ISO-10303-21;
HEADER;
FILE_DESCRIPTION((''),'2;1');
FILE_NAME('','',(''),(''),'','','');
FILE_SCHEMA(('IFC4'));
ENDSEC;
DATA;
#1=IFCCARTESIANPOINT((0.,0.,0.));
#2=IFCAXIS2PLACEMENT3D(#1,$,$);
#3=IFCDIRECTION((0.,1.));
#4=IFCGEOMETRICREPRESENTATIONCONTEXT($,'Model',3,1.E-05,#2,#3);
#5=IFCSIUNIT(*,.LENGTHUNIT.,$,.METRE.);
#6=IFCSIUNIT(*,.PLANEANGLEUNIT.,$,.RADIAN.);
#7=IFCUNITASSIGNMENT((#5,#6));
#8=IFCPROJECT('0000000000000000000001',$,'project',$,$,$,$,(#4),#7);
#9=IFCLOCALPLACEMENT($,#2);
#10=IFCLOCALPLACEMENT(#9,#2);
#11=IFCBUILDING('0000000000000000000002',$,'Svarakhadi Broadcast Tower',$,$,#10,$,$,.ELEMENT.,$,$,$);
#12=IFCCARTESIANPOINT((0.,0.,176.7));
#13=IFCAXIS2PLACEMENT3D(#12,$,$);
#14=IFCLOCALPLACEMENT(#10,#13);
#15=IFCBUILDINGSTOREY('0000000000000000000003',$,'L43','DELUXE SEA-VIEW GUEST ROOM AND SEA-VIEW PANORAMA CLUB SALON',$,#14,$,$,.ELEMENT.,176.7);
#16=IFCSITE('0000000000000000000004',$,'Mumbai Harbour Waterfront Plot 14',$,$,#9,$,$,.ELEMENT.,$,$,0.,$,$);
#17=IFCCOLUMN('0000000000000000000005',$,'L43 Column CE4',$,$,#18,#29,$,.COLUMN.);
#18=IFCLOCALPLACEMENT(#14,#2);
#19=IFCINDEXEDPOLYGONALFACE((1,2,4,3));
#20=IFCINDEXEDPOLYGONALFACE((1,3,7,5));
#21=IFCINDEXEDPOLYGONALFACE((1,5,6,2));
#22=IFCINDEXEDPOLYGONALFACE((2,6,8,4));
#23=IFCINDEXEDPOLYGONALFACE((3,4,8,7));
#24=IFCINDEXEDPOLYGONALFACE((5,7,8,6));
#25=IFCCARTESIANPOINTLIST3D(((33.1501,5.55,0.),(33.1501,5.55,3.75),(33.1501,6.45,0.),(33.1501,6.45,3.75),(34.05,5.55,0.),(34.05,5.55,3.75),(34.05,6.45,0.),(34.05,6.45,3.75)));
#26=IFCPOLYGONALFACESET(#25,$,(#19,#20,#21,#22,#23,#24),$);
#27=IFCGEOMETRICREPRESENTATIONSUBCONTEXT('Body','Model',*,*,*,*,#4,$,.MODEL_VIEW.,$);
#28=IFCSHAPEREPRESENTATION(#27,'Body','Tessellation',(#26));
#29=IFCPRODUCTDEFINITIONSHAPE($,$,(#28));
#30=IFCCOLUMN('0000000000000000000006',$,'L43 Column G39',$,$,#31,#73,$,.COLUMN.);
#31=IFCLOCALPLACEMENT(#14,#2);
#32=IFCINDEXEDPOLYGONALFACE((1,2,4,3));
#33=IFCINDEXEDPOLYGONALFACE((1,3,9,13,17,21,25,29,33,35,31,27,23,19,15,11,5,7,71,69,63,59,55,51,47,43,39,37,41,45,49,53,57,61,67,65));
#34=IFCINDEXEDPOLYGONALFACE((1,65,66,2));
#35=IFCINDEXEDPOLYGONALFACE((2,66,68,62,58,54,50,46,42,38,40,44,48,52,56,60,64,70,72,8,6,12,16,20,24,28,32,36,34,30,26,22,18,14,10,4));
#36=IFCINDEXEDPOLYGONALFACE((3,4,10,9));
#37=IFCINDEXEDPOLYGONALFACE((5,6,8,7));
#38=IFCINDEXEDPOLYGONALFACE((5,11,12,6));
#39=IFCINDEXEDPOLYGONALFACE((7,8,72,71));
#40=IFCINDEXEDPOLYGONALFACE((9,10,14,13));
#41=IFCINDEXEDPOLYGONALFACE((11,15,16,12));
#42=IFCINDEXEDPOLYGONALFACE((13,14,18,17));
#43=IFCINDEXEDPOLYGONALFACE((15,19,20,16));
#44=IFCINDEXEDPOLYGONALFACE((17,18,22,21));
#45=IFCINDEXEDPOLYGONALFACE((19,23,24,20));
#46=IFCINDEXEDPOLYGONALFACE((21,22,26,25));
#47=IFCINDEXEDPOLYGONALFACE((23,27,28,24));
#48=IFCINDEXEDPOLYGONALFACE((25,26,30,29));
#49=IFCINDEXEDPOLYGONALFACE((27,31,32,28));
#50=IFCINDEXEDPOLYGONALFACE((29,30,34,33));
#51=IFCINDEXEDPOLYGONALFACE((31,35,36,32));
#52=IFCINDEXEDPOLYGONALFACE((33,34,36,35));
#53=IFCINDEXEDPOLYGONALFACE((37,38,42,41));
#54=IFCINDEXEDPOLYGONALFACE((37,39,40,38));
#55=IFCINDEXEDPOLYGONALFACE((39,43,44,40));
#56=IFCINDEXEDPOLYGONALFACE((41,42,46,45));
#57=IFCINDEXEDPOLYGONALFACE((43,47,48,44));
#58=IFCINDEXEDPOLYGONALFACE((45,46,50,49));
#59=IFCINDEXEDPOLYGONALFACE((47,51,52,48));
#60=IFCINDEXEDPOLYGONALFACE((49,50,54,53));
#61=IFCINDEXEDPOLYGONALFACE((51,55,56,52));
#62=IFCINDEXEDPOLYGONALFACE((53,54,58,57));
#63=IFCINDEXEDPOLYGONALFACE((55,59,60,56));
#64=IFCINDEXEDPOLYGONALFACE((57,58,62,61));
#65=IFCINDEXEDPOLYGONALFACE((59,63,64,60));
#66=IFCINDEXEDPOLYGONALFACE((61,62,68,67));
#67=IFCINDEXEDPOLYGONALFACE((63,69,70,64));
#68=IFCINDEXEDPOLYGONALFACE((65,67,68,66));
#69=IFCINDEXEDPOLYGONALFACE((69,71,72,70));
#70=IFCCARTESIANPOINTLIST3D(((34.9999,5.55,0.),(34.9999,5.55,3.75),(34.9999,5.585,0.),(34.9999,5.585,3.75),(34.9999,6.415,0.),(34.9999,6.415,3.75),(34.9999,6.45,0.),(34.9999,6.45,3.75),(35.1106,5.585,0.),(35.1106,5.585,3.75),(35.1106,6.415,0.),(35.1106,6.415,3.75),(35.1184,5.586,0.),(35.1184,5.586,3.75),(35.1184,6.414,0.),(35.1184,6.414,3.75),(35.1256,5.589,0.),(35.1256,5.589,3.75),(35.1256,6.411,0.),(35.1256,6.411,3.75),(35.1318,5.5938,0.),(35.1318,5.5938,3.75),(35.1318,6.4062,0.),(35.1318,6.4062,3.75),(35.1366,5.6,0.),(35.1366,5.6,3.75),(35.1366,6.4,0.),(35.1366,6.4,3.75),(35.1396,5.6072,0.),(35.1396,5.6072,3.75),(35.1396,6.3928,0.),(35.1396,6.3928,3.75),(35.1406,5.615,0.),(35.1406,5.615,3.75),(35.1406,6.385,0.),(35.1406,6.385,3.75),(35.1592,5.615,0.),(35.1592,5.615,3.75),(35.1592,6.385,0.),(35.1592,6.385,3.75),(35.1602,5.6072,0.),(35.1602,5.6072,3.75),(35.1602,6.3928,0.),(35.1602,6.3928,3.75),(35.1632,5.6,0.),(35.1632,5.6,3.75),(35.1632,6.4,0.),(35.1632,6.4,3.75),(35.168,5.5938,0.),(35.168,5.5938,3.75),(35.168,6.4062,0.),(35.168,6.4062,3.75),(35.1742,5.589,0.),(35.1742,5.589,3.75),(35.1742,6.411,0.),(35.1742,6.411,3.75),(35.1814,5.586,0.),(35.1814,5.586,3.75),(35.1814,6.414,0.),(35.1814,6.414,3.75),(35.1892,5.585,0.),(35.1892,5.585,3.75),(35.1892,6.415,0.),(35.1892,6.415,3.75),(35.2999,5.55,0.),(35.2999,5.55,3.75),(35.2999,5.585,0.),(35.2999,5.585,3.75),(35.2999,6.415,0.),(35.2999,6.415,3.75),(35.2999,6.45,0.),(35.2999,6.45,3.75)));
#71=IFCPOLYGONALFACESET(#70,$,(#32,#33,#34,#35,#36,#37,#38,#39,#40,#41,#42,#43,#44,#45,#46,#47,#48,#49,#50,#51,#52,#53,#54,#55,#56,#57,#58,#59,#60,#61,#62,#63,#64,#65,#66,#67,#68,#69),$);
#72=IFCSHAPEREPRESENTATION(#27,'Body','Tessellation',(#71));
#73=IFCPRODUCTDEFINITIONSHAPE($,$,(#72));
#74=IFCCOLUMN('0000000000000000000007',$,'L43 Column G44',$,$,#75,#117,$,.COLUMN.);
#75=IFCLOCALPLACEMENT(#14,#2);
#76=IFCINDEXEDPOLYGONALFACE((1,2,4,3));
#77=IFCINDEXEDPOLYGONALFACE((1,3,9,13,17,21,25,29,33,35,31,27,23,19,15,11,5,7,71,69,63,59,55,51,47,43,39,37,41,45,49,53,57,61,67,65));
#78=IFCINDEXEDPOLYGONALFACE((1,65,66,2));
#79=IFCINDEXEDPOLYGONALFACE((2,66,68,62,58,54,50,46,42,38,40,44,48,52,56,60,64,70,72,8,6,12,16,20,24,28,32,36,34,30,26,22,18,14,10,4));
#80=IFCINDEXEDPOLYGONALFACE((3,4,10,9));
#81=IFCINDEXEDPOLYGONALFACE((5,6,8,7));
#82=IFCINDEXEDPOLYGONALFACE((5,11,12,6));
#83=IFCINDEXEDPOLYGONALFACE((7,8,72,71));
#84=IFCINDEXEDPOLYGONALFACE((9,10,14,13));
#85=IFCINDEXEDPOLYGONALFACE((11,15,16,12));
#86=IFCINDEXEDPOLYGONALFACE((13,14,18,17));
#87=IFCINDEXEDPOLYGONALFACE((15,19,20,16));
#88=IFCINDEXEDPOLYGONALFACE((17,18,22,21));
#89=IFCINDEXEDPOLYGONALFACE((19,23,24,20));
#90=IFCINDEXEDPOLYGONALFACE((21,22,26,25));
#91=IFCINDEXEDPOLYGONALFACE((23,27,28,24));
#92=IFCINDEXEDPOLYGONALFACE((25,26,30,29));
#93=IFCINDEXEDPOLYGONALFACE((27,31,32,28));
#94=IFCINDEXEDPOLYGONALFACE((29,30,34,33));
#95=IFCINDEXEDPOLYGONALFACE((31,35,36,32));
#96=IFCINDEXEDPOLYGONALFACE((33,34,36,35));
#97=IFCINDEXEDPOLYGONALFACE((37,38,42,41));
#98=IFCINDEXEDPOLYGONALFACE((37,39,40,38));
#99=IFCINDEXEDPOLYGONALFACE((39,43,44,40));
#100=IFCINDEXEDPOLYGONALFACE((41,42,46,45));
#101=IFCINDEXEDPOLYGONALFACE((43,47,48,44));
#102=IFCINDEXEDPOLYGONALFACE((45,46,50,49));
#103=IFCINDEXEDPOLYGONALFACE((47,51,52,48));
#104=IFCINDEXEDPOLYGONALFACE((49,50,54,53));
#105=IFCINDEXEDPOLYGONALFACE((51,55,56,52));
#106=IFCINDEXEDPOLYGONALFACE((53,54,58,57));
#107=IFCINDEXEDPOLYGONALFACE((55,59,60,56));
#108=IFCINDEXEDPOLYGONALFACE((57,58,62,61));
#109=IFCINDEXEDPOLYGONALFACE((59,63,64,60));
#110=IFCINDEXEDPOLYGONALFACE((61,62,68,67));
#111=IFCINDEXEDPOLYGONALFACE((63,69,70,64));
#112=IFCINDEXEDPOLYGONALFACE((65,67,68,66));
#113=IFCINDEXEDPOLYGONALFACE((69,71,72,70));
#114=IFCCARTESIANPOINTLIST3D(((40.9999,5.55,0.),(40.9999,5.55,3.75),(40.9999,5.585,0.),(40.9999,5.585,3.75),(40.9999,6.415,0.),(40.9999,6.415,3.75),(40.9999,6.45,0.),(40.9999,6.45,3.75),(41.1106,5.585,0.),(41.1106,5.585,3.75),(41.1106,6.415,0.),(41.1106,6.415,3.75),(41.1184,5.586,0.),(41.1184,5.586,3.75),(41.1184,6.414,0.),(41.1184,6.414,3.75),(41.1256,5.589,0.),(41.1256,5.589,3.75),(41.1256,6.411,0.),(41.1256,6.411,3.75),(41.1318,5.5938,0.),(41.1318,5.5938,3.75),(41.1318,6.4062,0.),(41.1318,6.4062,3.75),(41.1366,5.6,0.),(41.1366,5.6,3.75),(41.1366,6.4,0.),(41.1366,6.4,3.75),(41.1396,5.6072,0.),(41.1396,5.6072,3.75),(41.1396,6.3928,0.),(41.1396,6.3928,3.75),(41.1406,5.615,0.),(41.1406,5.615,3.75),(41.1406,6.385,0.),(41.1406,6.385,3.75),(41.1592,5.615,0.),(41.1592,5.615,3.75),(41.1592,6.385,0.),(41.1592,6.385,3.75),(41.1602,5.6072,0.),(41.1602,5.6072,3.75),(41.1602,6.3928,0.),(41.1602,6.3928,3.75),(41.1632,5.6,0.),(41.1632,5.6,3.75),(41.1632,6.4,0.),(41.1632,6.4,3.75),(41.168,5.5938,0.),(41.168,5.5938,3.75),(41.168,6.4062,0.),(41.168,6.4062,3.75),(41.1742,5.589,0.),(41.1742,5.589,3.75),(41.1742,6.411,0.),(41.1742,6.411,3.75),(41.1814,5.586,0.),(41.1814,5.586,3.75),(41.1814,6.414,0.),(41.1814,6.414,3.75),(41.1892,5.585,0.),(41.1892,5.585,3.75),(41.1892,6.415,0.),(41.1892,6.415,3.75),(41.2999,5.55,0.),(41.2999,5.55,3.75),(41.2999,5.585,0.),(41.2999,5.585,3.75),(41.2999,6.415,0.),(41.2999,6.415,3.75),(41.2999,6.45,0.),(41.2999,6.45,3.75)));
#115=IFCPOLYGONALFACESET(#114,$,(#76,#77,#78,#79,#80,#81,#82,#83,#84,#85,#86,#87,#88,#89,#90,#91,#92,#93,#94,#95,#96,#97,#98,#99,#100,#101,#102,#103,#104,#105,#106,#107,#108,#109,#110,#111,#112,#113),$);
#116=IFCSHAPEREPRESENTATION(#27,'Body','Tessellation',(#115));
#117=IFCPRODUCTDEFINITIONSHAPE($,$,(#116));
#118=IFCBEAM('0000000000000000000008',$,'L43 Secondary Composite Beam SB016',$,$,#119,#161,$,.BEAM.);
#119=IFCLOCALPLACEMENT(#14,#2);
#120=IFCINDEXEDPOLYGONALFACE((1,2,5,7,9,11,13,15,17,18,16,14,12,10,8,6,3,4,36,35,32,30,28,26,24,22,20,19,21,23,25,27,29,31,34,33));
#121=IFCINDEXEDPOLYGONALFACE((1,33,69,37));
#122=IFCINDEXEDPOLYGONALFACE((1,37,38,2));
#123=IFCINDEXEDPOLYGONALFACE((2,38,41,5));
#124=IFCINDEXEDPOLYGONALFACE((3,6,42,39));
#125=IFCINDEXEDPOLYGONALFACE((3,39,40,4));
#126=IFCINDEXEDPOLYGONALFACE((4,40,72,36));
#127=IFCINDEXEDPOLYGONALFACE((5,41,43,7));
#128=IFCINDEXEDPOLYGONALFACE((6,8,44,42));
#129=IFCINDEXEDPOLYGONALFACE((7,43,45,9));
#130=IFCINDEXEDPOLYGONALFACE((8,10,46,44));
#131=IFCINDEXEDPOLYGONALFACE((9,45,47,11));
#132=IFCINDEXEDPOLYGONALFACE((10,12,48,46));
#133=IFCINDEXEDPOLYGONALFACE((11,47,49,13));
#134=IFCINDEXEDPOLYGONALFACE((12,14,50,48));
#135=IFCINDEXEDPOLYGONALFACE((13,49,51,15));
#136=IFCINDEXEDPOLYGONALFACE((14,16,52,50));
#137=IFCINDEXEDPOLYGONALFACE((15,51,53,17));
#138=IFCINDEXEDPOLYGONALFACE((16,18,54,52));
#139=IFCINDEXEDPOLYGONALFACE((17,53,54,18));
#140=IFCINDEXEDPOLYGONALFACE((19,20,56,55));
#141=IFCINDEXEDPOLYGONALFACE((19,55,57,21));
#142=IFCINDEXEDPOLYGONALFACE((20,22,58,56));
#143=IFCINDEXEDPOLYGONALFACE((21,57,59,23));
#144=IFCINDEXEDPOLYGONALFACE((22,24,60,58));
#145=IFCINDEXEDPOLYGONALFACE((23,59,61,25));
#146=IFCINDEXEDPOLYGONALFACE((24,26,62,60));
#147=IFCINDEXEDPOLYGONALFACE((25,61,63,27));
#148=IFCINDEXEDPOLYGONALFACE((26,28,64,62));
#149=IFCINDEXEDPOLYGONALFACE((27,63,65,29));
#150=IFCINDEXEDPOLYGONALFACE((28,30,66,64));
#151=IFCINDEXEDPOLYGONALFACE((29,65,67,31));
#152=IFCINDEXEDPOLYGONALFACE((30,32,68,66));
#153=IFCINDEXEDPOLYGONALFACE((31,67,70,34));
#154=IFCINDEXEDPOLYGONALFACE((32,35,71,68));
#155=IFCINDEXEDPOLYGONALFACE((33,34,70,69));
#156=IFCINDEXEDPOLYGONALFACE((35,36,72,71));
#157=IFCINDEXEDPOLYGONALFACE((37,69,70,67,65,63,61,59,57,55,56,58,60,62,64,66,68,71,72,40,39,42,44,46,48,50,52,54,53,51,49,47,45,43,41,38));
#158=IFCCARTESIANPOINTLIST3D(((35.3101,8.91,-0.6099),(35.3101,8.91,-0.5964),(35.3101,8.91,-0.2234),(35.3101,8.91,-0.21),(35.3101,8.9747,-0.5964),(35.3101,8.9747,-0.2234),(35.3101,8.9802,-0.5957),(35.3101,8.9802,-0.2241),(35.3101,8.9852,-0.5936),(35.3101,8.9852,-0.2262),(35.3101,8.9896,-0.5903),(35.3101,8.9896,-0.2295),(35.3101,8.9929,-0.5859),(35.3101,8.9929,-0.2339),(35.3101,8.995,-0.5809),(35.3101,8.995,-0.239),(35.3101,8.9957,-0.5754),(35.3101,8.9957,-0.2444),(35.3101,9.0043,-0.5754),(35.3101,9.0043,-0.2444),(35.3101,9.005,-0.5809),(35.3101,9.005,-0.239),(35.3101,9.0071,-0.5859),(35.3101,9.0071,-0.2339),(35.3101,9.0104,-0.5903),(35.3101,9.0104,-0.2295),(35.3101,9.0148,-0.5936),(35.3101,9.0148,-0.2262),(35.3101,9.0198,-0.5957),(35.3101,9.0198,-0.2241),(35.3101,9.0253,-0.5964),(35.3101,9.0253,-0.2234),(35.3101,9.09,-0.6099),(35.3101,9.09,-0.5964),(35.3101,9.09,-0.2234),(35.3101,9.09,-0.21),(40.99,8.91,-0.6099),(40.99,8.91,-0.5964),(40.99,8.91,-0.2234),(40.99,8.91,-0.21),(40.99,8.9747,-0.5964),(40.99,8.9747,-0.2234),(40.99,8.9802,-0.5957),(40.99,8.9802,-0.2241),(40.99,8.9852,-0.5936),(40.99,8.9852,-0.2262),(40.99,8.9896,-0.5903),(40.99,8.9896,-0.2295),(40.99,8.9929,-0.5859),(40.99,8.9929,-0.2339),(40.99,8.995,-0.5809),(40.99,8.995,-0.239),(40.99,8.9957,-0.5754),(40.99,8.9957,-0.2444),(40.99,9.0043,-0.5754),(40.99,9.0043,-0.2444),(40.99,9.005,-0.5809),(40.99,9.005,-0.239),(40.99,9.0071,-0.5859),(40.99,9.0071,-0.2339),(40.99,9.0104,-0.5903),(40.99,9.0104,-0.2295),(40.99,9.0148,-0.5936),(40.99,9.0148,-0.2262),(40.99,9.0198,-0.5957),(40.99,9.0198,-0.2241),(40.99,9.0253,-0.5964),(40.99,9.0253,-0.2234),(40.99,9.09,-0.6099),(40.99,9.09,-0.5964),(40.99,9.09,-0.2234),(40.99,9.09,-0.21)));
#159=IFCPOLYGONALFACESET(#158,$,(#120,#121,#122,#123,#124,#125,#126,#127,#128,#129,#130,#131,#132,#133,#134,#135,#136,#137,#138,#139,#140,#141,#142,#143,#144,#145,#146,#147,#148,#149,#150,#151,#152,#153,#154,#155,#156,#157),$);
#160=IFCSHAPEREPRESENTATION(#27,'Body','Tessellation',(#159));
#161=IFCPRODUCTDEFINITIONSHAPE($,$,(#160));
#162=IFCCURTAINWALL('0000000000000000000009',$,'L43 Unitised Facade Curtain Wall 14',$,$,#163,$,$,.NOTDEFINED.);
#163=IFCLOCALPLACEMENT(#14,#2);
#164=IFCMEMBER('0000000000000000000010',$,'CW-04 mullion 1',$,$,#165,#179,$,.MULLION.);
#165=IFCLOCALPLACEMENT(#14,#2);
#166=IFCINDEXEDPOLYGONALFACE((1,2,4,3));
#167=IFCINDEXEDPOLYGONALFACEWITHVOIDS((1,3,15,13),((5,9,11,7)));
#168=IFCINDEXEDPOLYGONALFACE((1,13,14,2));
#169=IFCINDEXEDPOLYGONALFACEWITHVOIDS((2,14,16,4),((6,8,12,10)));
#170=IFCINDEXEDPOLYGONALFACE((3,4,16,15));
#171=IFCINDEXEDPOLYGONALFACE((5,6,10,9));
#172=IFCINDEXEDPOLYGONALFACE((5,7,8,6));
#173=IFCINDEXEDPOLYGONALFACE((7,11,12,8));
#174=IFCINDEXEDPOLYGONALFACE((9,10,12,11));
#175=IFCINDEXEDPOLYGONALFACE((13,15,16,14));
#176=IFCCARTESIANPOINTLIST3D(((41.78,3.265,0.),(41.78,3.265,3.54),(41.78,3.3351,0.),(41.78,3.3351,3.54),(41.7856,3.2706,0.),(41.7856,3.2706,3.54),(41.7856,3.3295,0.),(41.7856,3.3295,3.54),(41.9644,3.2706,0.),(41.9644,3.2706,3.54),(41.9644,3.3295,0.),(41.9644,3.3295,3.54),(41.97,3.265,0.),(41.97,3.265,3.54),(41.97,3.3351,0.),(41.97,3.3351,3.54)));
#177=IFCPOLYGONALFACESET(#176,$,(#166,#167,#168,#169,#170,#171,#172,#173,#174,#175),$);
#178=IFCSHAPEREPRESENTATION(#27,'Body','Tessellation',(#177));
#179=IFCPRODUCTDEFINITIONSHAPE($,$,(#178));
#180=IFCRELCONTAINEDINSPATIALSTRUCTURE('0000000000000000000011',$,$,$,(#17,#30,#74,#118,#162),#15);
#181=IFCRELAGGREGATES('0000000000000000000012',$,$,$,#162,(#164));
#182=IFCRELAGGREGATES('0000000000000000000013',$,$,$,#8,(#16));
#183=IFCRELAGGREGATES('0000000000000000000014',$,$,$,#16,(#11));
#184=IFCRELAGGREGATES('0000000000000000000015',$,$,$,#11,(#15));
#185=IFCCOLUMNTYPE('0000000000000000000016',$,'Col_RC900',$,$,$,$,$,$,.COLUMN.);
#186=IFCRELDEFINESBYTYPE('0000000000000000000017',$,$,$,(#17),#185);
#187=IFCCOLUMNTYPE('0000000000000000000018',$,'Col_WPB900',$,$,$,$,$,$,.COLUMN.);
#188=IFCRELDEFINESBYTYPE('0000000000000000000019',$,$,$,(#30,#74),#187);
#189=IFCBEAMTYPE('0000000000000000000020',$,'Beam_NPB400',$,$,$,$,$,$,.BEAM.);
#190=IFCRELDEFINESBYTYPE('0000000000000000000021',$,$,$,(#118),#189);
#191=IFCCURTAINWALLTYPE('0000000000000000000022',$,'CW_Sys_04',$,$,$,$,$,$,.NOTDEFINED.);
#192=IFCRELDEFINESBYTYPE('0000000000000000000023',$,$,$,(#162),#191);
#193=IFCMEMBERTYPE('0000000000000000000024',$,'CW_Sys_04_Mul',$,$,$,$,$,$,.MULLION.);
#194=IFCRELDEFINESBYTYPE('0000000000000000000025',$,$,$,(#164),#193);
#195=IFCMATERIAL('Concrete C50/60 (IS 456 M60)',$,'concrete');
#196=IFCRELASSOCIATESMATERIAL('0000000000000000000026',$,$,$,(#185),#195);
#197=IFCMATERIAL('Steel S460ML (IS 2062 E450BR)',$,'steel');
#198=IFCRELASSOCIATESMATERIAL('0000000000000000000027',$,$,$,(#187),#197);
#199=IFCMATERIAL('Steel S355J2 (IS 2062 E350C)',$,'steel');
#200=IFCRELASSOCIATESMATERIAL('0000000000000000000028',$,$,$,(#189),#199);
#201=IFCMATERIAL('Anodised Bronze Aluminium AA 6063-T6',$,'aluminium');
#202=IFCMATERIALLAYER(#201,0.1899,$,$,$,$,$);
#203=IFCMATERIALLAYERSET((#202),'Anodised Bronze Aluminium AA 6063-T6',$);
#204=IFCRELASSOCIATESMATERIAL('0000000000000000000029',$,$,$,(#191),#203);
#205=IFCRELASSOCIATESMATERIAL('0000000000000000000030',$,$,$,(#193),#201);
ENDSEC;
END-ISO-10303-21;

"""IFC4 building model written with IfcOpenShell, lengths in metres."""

from ifc_helpers import new_model, si_unit, direction, frame, origin, origin_2d, place, context, subcontext, project, spatial, rectangle, hollow_rectangle, i_section, extrude, material, layer, layer_set, material_profile, profile_set, type_object, element, aggregate, save


model = new_model("IFC4")

# Units and contexts
model_context = context("Model", 3, precision=1e-05, world=origin(), true_north=direction((0.0, 1.0)))
body_context = subcontext(model_context, "Body", "Model", "MODEL_VIEW")
ifc_project = project(units=[si_unit("LENGTHUNIT", "METRE"), si_unit("PLANEANGLEUNIT", "RADIAN")], contexts=[model_context])

# Site, building, storey
site_placement = place(None, origin())
site = spatial("IfcSite", under=ifc_project, at=site_placement, Name="Mumbai Harbour Waterfront Plot 14", CompositionType="ELEMENT", RefElevation=0.0)
building_placement = place(site_placement, origin())
building = spatial("IfcBuilding", under=site, at=building_placement, Name="Svarakhadi Broadcast Tower", CompositionType="ELEMENT")
storey_placement = place(building_placement, frame((0.0, 0.0, 176.7)))
storey = spatial("IfcBuildingStorey", under=building, at=storey_placement, Name="L43", Description="DELUXE SEA-VIEW GUEST ROOM AND SEA-VIEW PANORAMA CLUB SALON", CompositionType="ELEMENT", Elevation=176.7)

# Columns
ifc_material_1 = material(Name="Concrete C50/60 (IS 456 M60)", Category="concrete")
ifc_material_profile_1 = material_profile(ifc_material_1, rectangle(XDim=0.8999, YDim=0.8999, at=origin_2d()), Name="RC 900x900")
ifc_profile_set_1 = profile_set([ifc_material_profile_1], Name="Concrete C50/60 (IS 456 M60)")
column_type_1 = type_object("IfcColumnType", Name="Col_RC900", PredefinedType="COLUMN", material=ifc_profile_set_1)
column_placement = place(storey_placement, frame((33.6001, 6.0, 0.0), z_axis=(0.0, 0.0, 1.0), x_axis=(1.0, 0.0, 0.0)))
element("IfcColumn", 1, at=column_placement, inside=storey, type_object=column_type_1, Name="L43 Column CE4", PredefinedType="COLUMN", context=body_context, shape_type="SweptSolid", body=[
    extrude(rectangle(XDim=0.8999, YDim=0.8999, at=origin_2d()), origin(), (0.0, 0.0, 1.0), 3.75),
])
ifc_material_2 = material(Name="Steel S460ML (IS 2062 E450BR)", Category="steel")
ifc_material_profile_2 = material_profile(ifc_material_2, i_section(OverallWidth=0.3, OverallDepth=0.8999, WebThickness=0.0186, FlangeThickness=0.0349, FilletRadius=0.03, at=origin_2d()), Name="WPB 900x300x291")
ifc_profile_set_2 = profile_set([ifc_material_profile_2], Name="Steel S460ML (IS 2062 E450BR)")
column_type_2 = type_object("IfcColumnType", Name="Col_WPB900", PredefinedType="COLUMN", material=ifc_profile_set_2)
for number, where, z_axis, x_axis, name in (
    (2, (35.1499, 6.0, 0.0), (0.0, 0.0, 1.0), (1.0, 0.0, 0.0), "L43 Column G39"),
    (3, (41.1499, 6.0, 0.0), (0.0, 0.0, 1.0), (1.0, 0.0, 0.0), "L43 Column G44"),
):
    element("IfcColumn", number, at=place(storey_placement, frame(where, z_axis=z_axis, x_axis=x_axis)), inside=storey, type_object=column_type_2, Name=name, PredefinedType="COLUMN", context=body_context, shape_type="SweptSolid", body=[
        extrude(i_section(OverallWidth=0.3, OverallDepth=0.8999, WebThickness=0.0186, FlangeThickness=0.0349, FilletRadius=0.03, at=origin_2d()), origin(), (0.0, 0.0, 1.0), 3.75),
    ])

# Beam
ifc_material_3 = material(Name="Steel S355J2 (IS 2062 E350C)", Category="steel")
ifc_material_profile_3 = material_profile(ifc_material_3, i_section(OverallWidth=0.1799, OverallDepth=0.3999, WebThickness=0.0085, FlangeThickness=0.0134, FilletRadius=0.021, at=origin_2d()), Name="NPB 400x180x66")
ifc_profile_set_3 = profile_set([ifc_material_profile_3], Name="Steel S355J2 (IS 2062 E350C)")
beam_type_1 = type_object("IfcBeamType", Name="Beam_NPB400", PredefinedType="BEAM", material=ifc_profile_set_3)
beam_1_placement = place(storey_placement, frame((35.3101, 9.0, -0.4099), z_axis=(1.0, 0.0, 0.0), x_axis=(0.0, 1.0, 0.0)))
element("IfcBeam", 4, at=beam_1_placement, inside=storey, type_object=beam_type_1, Name="L43 Secondary Composite Beam SB016", PredefinedType="BEAM", context=body_context, shape_type="SweptSolid", body=[
    extrude(i_section(OverallWidth=0.1799, OverallDepth=0.3999, WebThickness=0.0085, FlangeThickness=0.0134, FilletRadius=0.021, at=origin_2d()), origin(), (0.0, 0.0, 1.0), 5.6799),
])

# Curtain wall, member
ifc_material_4 = material(Name="Anodised Bronze Aluminium AA 6063-T6", Category="aluminium")
ifc_layer_1 = layer(ifc_material_4, 0.1899)
ifc_layer_set_1 = layer_set([ifc_layer_1], Name="Anodised Bronze Aluminium AA 6063-T6")
curtain_wall_type = type_object("IfcCurtainWallType", Name="CW_Sys_04", PredefinedType="NOTDEFINED", material=ifc_layer_set_1)
curtain_wall_placement = place(storey_placement, origin())
curtain_wall = element("IfcCurtainWall", 5, at=curtain_wall_placement, inside=storey, type_object=curtain_wall_type, Name="L43 Unitised Facade Curtain Wall 14", PredefinedType="NOTDEFINED")
ifc_material_profile_4 = material_profile(ifc_material_4, hollow_rectangle(XDim=0.0701, YDim=0.1899, WallThickness=0.0056, at=origin_2d()), Name="ALU MULLION 190x70x6")
ifc_profile_set_4 = profile_set([ifc_material_profile_4], Name="Anodised Bronze Aluminium AA 6063-T6")
member_type_1 = type_object("IfcMemberType", Name="CW_Sys_04_Mul", PredefinedType="MULLION", material=ifc_profile_set_4)
member_1_placement = place(storey_placement, frame((41.875, 3.3, 0.0), z_axis=(0.0, 0.0, 1.0), x_axis=(0.0, -1.0, 0.0)))
member_1 = element("IfcMember", 6, at=member_1_placement, type_object=member_type_1, Name="CW-04 mullion 1", PredefinedType="MULLION", context=body_context, shape_type="SweptSolid", body=[
    extrude(hollow_rectangle(XDim=0.0701, YDim=0.1899, WallThickness=0.0056, at=origin_2d()), origin(), (0.0, 0.0, 1.0), 3.54),
])

aggregate(curtain_wall, [member_1])

save(model, "model.ifc")
